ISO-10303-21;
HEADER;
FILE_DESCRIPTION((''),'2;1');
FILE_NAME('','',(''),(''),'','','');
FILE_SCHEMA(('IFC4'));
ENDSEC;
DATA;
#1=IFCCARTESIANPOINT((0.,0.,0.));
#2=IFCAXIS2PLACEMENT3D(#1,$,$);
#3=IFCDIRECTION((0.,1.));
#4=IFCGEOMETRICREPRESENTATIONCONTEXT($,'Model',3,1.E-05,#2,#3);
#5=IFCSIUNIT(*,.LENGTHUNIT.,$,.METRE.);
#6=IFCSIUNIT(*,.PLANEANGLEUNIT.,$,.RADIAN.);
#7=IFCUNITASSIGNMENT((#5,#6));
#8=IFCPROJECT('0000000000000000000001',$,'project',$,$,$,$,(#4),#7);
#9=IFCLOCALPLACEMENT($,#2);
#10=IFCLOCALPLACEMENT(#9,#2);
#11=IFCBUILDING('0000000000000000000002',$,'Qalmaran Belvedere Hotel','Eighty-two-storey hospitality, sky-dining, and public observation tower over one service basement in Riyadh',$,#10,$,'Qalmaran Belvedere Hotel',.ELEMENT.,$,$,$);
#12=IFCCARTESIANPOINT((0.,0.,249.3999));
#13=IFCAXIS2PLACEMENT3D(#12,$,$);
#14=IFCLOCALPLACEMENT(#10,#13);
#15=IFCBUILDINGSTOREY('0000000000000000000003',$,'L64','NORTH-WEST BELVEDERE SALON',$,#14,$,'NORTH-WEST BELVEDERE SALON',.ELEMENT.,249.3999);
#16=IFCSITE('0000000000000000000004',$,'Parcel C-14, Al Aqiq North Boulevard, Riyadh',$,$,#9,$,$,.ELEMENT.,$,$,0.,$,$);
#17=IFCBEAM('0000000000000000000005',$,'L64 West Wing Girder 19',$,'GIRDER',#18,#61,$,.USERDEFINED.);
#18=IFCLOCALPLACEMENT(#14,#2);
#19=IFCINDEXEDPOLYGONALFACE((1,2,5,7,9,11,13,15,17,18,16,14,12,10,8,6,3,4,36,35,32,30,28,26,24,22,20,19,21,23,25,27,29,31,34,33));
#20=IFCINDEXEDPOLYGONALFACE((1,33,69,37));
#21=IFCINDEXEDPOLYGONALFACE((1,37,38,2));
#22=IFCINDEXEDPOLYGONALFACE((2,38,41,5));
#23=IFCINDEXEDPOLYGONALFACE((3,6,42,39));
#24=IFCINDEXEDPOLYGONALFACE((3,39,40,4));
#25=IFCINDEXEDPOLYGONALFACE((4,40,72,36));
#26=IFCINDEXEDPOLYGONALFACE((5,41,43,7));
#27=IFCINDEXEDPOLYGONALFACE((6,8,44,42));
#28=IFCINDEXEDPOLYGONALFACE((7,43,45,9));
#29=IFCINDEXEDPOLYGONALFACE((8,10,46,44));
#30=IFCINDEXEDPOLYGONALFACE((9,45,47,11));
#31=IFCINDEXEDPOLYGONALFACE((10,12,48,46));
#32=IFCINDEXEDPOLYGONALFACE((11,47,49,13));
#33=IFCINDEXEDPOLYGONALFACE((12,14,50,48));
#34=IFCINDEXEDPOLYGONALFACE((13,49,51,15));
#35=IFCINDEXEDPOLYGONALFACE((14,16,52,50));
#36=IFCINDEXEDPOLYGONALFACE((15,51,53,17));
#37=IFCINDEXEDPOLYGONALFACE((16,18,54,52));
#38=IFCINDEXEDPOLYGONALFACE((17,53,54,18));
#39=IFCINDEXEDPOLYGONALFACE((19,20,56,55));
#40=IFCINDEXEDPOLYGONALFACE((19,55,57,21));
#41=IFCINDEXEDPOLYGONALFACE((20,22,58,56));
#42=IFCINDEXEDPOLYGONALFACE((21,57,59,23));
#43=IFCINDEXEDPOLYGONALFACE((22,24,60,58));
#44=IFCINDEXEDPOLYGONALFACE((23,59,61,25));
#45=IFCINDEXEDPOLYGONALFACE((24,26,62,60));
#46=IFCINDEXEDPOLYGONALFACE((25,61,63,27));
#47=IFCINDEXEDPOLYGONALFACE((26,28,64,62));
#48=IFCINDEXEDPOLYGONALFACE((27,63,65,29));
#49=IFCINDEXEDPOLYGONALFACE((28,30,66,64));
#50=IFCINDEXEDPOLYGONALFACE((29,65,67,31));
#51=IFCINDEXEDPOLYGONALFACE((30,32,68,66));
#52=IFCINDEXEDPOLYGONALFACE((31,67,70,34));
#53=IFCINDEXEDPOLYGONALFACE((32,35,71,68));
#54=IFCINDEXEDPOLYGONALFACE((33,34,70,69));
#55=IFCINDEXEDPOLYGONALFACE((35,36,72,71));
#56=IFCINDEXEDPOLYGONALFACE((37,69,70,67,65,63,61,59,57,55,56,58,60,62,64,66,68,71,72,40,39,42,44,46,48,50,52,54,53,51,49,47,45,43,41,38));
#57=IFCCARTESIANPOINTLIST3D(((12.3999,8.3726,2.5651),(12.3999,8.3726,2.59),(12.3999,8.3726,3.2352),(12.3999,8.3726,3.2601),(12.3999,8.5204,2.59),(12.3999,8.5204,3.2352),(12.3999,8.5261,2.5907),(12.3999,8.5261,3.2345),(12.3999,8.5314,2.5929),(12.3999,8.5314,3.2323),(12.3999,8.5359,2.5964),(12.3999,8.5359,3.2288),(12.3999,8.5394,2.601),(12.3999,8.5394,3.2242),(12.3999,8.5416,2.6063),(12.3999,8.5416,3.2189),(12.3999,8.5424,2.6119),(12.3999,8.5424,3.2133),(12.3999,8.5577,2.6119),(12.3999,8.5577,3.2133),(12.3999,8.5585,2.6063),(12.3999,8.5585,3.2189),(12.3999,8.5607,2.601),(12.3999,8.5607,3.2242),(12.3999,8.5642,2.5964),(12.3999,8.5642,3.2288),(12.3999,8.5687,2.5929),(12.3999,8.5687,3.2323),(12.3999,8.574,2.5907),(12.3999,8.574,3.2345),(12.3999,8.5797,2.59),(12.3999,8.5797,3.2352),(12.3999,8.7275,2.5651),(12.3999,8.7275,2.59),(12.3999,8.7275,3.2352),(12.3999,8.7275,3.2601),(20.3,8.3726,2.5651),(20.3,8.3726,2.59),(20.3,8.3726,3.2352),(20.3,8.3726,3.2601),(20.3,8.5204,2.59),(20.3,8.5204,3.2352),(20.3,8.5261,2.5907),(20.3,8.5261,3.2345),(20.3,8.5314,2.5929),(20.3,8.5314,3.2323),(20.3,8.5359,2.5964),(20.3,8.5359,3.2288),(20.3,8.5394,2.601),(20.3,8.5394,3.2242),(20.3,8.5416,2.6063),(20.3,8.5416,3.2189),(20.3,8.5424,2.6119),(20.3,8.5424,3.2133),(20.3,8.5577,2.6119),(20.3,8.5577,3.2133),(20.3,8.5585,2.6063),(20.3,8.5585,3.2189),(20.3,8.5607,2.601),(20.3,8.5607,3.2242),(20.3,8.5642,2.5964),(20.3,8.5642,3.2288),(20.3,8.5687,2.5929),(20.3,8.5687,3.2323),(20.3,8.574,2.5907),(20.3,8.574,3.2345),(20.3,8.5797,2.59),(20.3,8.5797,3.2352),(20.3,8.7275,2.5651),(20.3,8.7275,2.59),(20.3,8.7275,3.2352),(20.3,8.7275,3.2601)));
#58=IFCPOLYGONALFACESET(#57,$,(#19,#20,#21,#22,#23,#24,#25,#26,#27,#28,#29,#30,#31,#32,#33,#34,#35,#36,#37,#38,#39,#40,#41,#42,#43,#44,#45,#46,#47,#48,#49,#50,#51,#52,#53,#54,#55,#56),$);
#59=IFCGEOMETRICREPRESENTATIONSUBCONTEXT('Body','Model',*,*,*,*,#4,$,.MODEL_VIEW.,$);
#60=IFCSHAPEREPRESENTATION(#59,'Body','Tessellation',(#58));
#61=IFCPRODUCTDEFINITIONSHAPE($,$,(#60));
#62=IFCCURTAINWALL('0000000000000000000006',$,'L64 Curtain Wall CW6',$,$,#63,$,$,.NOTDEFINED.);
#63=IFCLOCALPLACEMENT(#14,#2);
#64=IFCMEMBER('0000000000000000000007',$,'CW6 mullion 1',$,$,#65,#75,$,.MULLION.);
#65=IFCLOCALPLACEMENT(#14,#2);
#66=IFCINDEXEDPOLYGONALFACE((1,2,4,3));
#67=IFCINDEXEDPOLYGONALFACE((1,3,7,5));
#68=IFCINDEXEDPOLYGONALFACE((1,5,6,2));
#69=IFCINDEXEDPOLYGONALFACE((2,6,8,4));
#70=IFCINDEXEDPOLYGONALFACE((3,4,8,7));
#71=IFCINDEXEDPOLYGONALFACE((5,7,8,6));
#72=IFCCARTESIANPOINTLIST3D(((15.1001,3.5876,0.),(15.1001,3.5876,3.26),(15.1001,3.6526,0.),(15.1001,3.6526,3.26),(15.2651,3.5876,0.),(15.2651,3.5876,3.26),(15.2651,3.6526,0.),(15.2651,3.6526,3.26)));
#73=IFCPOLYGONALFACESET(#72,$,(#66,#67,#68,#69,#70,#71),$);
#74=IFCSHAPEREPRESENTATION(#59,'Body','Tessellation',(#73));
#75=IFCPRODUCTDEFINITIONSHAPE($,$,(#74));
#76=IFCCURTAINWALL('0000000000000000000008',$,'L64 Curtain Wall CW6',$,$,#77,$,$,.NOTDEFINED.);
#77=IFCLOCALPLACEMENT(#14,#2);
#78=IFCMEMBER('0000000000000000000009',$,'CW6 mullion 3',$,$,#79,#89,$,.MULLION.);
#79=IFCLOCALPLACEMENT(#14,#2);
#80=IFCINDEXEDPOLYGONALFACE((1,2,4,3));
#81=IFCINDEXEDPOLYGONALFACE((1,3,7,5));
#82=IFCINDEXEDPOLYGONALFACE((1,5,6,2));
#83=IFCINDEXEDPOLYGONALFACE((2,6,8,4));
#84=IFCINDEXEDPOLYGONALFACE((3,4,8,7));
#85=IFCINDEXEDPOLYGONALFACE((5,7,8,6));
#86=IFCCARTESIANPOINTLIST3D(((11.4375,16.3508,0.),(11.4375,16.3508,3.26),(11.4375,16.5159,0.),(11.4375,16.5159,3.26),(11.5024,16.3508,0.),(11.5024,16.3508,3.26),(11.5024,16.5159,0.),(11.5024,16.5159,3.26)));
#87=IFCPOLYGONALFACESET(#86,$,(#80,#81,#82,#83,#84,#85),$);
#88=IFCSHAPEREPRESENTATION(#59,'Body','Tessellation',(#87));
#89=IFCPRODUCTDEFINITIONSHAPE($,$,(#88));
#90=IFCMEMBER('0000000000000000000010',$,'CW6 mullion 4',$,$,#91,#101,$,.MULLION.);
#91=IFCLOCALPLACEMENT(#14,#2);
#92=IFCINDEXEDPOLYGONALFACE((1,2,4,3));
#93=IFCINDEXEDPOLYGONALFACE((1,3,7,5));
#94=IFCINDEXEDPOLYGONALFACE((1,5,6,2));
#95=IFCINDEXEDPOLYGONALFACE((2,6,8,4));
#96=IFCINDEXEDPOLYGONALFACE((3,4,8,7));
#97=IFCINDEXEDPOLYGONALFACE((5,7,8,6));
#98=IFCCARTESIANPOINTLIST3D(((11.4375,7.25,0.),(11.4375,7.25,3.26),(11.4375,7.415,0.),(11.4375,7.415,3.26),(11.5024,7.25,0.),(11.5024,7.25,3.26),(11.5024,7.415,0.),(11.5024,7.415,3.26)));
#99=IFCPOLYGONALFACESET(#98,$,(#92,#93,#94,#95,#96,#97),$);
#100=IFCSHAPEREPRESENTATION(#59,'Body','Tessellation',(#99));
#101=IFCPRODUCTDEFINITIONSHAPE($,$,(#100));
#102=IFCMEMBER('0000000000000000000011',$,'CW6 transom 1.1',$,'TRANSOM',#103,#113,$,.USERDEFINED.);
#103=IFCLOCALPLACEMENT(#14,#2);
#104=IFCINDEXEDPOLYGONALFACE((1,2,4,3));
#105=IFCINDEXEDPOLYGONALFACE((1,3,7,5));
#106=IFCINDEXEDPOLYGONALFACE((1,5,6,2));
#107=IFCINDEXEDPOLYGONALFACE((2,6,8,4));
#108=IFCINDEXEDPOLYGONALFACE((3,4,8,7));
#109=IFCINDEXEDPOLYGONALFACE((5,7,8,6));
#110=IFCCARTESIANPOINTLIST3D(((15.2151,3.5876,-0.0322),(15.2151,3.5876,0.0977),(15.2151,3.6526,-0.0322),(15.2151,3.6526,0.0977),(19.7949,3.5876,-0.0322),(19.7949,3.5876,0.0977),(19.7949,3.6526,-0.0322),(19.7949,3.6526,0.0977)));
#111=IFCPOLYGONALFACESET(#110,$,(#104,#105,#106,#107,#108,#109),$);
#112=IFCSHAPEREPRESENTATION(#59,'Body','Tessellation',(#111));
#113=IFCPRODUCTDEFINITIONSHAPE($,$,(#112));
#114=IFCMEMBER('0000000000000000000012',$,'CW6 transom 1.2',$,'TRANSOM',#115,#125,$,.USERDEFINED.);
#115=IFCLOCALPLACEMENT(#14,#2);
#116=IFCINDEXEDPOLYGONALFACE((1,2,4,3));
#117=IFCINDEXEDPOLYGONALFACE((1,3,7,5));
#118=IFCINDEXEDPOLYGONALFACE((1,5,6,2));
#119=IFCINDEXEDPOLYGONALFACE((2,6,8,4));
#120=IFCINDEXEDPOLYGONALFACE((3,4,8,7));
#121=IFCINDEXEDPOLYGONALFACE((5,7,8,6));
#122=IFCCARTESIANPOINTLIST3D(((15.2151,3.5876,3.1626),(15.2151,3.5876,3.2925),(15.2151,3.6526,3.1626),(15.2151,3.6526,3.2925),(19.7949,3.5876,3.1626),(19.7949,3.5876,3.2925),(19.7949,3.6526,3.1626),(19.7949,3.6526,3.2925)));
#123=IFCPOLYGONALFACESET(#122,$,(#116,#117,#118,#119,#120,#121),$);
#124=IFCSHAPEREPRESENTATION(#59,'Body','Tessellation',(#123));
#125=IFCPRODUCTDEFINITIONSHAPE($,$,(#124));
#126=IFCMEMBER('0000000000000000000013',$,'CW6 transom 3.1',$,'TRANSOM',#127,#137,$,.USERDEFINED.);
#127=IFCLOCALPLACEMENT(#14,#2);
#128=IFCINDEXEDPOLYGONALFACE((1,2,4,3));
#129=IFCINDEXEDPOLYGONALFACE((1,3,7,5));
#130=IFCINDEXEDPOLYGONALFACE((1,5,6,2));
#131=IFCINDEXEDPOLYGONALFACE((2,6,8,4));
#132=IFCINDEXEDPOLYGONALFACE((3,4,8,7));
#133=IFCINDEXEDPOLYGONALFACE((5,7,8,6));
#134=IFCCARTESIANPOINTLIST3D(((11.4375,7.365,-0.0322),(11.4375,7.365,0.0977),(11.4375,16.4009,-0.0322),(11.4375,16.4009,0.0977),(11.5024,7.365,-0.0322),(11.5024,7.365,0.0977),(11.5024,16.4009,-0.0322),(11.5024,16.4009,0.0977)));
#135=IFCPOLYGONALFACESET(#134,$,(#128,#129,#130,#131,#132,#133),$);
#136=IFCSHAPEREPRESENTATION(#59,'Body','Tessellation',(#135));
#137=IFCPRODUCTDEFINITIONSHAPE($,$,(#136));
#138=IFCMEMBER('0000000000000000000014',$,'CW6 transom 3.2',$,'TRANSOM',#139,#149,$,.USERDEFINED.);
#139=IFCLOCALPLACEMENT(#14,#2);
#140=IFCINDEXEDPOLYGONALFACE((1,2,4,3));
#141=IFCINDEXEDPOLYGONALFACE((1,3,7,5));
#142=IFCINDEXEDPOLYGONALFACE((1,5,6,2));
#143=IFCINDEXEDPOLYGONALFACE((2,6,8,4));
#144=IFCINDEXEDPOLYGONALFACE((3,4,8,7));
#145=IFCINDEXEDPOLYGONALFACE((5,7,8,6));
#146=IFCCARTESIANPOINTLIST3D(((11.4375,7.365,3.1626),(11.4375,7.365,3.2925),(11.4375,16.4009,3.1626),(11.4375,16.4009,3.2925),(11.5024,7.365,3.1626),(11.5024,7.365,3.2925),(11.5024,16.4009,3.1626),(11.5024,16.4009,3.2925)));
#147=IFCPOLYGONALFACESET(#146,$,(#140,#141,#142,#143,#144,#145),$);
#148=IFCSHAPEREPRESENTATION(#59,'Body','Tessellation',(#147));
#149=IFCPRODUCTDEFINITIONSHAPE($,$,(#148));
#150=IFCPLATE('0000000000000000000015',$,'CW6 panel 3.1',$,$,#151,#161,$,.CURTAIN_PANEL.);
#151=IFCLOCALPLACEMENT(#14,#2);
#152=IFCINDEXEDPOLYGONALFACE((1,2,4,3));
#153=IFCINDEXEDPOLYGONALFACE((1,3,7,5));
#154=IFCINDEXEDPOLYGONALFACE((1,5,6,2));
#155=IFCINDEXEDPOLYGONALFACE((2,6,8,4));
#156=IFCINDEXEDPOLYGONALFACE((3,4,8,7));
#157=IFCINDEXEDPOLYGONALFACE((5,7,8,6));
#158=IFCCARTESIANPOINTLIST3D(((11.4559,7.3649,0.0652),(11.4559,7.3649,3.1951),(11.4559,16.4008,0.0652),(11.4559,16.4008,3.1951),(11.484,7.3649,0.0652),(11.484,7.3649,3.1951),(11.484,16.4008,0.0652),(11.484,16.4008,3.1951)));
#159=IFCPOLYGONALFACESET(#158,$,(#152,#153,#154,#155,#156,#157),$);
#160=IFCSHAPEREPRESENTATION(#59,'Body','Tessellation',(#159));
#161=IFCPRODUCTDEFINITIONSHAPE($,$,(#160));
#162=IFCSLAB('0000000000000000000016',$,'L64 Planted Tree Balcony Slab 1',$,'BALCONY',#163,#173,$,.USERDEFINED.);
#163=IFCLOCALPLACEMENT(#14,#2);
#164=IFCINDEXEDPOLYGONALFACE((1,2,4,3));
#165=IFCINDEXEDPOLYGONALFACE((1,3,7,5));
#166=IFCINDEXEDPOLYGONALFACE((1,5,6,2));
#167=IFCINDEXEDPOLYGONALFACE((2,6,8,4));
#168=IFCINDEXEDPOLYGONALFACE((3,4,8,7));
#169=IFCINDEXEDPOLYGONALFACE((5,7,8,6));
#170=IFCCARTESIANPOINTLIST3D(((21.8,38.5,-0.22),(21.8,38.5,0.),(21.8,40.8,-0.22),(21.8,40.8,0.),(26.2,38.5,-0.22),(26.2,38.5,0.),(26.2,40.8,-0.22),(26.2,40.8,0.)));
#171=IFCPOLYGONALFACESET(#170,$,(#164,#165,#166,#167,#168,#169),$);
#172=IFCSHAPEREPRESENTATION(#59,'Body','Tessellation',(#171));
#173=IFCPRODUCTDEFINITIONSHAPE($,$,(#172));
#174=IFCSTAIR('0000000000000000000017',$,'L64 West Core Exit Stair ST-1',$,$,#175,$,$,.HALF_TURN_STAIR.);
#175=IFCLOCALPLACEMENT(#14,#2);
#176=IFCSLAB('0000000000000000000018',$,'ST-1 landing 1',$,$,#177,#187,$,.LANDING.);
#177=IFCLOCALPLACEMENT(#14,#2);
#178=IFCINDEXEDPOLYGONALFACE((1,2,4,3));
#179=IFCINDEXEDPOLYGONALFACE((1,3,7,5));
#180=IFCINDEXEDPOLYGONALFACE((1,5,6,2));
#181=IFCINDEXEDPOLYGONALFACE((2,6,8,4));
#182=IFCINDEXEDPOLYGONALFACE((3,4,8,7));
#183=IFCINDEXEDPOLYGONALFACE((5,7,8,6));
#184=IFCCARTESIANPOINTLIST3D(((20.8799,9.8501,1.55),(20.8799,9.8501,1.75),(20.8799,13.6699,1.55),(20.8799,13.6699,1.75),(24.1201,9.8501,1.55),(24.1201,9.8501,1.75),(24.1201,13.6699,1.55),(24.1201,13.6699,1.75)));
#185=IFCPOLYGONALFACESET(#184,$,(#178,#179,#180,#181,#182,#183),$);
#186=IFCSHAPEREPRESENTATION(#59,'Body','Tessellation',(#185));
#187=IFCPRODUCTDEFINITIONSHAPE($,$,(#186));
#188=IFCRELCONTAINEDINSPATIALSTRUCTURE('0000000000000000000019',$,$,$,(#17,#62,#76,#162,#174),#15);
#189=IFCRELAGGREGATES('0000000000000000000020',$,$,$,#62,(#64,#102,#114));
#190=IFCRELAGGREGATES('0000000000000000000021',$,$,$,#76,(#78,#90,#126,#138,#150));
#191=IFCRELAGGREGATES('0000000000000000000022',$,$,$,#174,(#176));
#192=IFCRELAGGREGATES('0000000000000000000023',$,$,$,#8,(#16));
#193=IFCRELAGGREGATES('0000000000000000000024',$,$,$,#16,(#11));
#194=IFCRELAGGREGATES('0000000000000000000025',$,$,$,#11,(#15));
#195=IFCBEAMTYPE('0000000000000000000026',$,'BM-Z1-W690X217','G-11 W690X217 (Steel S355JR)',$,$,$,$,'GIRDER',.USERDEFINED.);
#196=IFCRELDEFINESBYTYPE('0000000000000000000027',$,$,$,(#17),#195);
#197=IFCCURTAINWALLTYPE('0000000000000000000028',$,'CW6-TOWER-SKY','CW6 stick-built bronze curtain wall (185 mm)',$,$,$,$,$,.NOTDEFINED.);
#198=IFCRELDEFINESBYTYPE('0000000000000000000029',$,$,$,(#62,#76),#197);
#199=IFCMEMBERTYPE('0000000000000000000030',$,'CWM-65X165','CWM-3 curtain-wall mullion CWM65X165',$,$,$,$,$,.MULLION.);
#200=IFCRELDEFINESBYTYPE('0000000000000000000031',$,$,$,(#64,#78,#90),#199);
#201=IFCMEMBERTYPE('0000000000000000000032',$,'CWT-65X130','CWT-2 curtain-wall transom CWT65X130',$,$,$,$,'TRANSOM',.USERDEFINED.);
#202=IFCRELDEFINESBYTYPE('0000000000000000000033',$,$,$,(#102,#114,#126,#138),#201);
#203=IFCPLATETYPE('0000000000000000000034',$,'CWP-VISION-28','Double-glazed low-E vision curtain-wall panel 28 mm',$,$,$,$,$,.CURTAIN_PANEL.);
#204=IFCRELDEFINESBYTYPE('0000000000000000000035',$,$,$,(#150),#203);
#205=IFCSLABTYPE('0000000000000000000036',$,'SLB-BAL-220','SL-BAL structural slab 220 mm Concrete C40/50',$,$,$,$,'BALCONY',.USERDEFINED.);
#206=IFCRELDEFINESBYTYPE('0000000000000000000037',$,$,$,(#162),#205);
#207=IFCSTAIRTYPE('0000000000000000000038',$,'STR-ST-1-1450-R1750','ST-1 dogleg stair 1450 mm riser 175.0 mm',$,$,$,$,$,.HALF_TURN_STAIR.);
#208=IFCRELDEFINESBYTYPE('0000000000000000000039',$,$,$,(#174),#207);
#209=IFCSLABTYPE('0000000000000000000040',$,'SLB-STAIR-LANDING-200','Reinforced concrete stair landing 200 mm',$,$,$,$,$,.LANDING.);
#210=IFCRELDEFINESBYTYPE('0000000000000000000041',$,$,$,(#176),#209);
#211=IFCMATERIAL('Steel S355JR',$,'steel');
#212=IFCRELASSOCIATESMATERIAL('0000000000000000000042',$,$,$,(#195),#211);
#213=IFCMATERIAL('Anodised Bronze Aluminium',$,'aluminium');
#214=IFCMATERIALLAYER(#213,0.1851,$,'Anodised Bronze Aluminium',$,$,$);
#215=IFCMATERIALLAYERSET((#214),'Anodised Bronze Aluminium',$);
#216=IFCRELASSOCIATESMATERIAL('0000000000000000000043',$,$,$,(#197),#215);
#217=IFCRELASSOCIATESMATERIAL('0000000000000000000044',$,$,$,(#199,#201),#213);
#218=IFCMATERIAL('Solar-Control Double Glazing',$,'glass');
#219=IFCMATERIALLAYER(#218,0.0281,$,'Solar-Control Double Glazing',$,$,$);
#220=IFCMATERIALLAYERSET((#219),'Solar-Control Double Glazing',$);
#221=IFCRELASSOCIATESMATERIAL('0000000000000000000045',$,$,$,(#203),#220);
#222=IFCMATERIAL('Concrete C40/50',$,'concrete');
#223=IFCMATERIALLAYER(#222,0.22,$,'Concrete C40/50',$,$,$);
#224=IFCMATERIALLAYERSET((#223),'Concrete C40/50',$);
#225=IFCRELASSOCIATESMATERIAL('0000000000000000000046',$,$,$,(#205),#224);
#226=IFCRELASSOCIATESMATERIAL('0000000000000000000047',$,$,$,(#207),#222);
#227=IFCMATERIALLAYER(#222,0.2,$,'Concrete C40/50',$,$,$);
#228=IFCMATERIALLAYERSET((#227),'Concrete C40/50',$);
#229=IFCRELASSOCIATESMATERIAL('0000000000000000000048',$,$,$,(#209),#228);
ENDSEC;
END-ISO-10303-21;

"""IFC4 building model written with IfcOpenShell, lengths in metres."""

from ifc_helpers import new_model, si_unit, direction, frame, origin, origin_2d, place, context, subcontext, project, spatial, polyline, rectangle, i_section, outline, extrude, material, layer, layer_set, material_profile, profile_set, type_object, element, aggregate, save


model = new_model("IFC4")

# Units and contexts
model_context = context("Model", 3, precision=1e-05, world=origin(), true_north=direction((0.0, 1.0)))
body_context = subcontext(model_context, "Body", "Model", "MODEL_VIEW")
ifc_project = project(units=[si_unit("LENGTHUNIT", "METRE"), si_unit("PLANEANGLEUNIT", "RADIAN")], contexts=[model_context])

# Site, building, storey
site_placement = place(None, origin())
site = spatial("IfcSite", under=ifc_project, at=site_placement, Name="Parcel C-14, Al Aqiq North Boulevard, Riyadh", CompositionType="ELEMENT", RefElevation=0.0)
building_placement = place(site_placement, origin())
building = spatial("IfcBuilding", under=site, at=building_placement, Name="Qalmaran Belvedere Hotel", Description="Eighty-two-storey hospitality, sky-dining, and public observation tower over one service basement in Riyadh", LongName="Qalmaran Belvedere Hotel", CompositionType="ELEMENT")
storey_placement = place(building_placement, frame((0.0, 0.0, 249.3999)))
storey = spatial("IfcBuildingStorey", under=building, at=storey_placement, Name="L64", Description="NORTH-WEST BELVEDERE SALON", LongName="NORTH-WEST BELVEDERE SALON", CompositionType="ELEMENT", Elevation=249.3999)

# Beam
ifc_material_1 = material(Name="Steel S355JR", Category="steel")
ifc_material_profile_1 = material_profile(ifc_material_1, i_section(OverallWidth=0.355, OverallDepth=0.6951, WebThickness=0.0154, FlangeThickness=0.0249, FilletRadius=0.022, at=origin_2d()), Name="W690X217")
ifc_profile_set_1 = profile_set([ifc_material_profile_1], Name="Steel S355JR")
beam_type_1 = type_object("IfcBeamType", Name="BM-Z1-W690X217", Description="G-11 W690X217 (Steel S355JR)", ElementType="GIRDER", PredefinedType="USERDEFINED", material=ifc_profile_set_1)
beam_1_placement = place(storey_placement, frame((12.3999, 8.55, 2.9126), z_axis=(1.0, 0.0, 0.0), x_axis=(0.0, 1.0, 0.0)))
element("IfcBeam", 1, at=beam_1_placement, inside=storey, type_object=beam_type_1, Name="L64 West Wing Girder 19", ObjectType="GIRDER", PredefinedType="USERDEFINED", context=body_context, shape_type="SweptSolid", body=[
    extrude(i_section(OverallWidth=0.355, OverallDepth=0.6951, WebThickness=0.0154, FlangeThickness=0.0249, FilletRadius=0.022, at=origin_2d()), origin(), (0.0, 0.0, 1.0), 7.9001),
])

# Curtain wall, member
ifc_material_2 = material(Name="Anodised Bronze Aluminium", Category="aluminium")
ifc_layer_1 = layer(ifc_material_2, 0.1851, Name="Anodised Bronze Aluminium")
ifc_layer_set_1 = layer_set([ifc_layer_1], Name="Anodised Bronze Aluminium")
curtain_wall_type = type_object("IfcCurtainWallType", Name="CW6-TOWER-SKY", Description="CW6 stick-built bronze curtain wall (185 mm)", PredefinedType="NOTDEFINED", material=ifc_layer_set_1)
curtain_wall_1_placement = place(storey_placement, origin())
curtain_wall_1 = element("IfcCurtainWall", 2, at=curtain_wall_1_placement, inside=storey, type_object=curtain_wall_type, Name="L64 Curtain Wall CW6", PredefinedType="NOTDEFINED")
ifc_material_profile_2 = material_profile(ifc_material_2, rectangle(XDim=0.0649, YDim=0.165, at=origin_2d()), Name="CWM65X165")
ifc_profile_set_2 = profile_set([ifc_material_profile_2], Name="Anodised Bronze Aluminium")
member_type_1 = type_object("IfcMemberType", Name="CWM-65X165", Description="CWM-3 curtain-wall mullion CWM65X165", PredefinedType="MULLION", material=ifc_profile_set_2)
member_1_placement = place(storey_placement, frame((15.1826, 3.6201, 0.0), z_axis=(0.0, 0.0, 1.0), x_axis=(0.0, 1.0, 0.0)))
member_1 = element("IfcMember", 3, at=member_1_placement, type_object=member_type_1, Name="CW6 mullion 1", PredefinedType="MULLION", context=body_context, shape_type="SweptSolid", body=[
    extrude(rectangle(XDim=0.0649, YDim=0.165, at=origin_2d()), origin(), (0.0, 0.0, 1.0), 3.26),
])

# Curtain wall, members
curtain_wall_2_placement = place(storey_placement, origin())
curtain_wall_2 = element("IfcCurtainWall", 4, at=curtain_wall_2_placement, inside=storey, type_object=curtain_wall_type, Name="L64 Curtain Wall CW6", PredefinedType="NOTDEFINED")
member_2_placement = place(storey_placement, frame((11.47, 16.4333, 0.0), z_axis=(0.0, 0.0, 1.0), x_axis=(1.0, 0.0, 0.0)))
member_2 = element("IfcMember", 5, at=member_2_placement, type_object=member_type_1, Name="CW6 mullion 3", PredefinedType="MULLION", context=body_context, shape_type="SweptSolid", body=[
    extrude(rectangle(XDim=0.0649, YDim=0.165, at=origin_2d()), origin(), (0.0, 0.0, 1.0), 3.26),
])
member_3_placement = place(storey_placement, frame((11.47, 7.3325, 0.0), z_axis=(0.0, 0.0, 1.0), x_axis=(1.0, 0.0, 0.0)))
member_3 = element("IfcMember", 6, at=member_3_placement, type_object=member_type_1, Name="CW6 mullion 4", PredefinedType="MULLION", context=body_context, shape_type="SweptSolid", body=[
    extrude(rectangle(XDim=0.0649, YDim=0.165, at=origin_2d()), origin(), (0.0, 0.0, 1.0), 3.26),
])

# Members
ifc_material_profile_3 = material_profile(ifc_material_2, rectangle(XDim=0.0649, YDim=0.1299, at=origin_2d()), Name="CWT65X130")
ifc_profile_set_3 = profile_set([ifc_material_profile_3], Name="Anodised Bronze Aluminium")
member_type_2 = type_object("IfcMemberType", Name="CWT-65X130", Description="CWT-2 curtain-wall transom CWT65X130", ElementType="TRANSOM", PredefinedType="USERDEFINED", material=ifc_profile_set_3)
member_4_placement = place(storey_placement, frame((15.2151, 3.6201, 0.0327), z_axis=(1.0, 0.0, 0.0), x_axis=(0.0, 1.0, 0.0)))
member_4 = element("IfcMember", 7, at=member_4_placement, type_object=member_type_2, Name="CW6 transom 1.1", ObjectType="TRANSOM", PredefinedType="USERDEFINED", context=body_context, shape_type="SweptSolid", body=[
    extrude(rectangle(XDim=0.0649, YDim=0.1299, at=origin_2d()), origin(), (0.0, 0.0, 1.0), 4.5798),
])
member_5_placement = place(storey_placement, frame((15.2151, 3.6201, 3.2275), z_axis=(1.0, 0.0, 0.0), x_axis=(0.0, 1.0, 0.0)))
member_5 = element("IfcMember", 8, at=member_5_placement, type_object=member_type_2, Name="CW6 transom 1.2", ObjectType="TRANSOM", PredefinedType="USERDEFINED", context=body_context, shape_type="SweptSolid", body=[
    extrude(rectangle(XDim=0.0649, YDim=0.1299, at=origin_2d()), origin(), (0.0, 0.0, 1.0), 4.5798),
])
aggregate(curtain_wall_1, [member_1, member_4, member_5])
member_6_placement = place(storey_placement, frame((11.47, 16.4009, 0.0327), z_axis=(0.0, -1.0, 0.0), x_axis=(1.0, 0.0, 0.0)))
member_6 = element("IfcMember", 9, at=member_6_placement, type_object=member_type_2, Name="CW6 transom 3.1", ObjectType="TRANSOM", PredefinedType="USERDEFINED", context=body_context, shape_type="SweptSolid", body=[
    extrude(rectangle(XDim=0.0649, YDim=0.1299, at=origin_2d()), origin(), (0.0, 0.0, 1.0), 9.0359),
])
member_7_placement = place(storey_placement, frame((11.47, 16.4009, 3.2275), z_axis=(0.0, -1.0, 0.0), x_axis=(1.0, 0.0, 0.0)))
member_7 = element("IfcMember", 10, at=member_7_placement, type_object=member_type_2, Name="CW6 transom 3.2", ObjectType="TRANSOM", PredefinedType="USERDEFINED", context=body_context, shape_type="SweptSolid", body=[
    extrude(rectangle(XDim=0.0649, YDim=0.1299, at=origin_2d()), origin(), (0.0, 0.0, 1.0), 9.0359),
])

# Plate
ifc_material_3 = material(Name="Solar-Control Double Glazing", Category="glass")
ifc_layer_2 = layer(ifc_material_3, 0.0281, Name="Solar-Control Double Glazing")
ifc_layer_set_2 = layer_set([ifc_layer_2], Name="Solar-Control Double Glazing")
plate_type = type_object("IfcPlateType", Name="CWP-VISION-28", Description="Double-glazed low-E vision curtain-wall panel 28 mm", PredefinedType="CURTAIN_PANEL", material=ifc_layer_set_2)
plate_placement = place(storey_placement, frame((11.47, 11.8828, 0.0652), z_axis=(0.0, 0.0, 1.0), x_axis=(0.0, -1.0, 0.0)))
plate = element("IfcPlate", 11, at=plate_placement, type_object=plate_type, Name="CW6 panel 3.1", PredefinedType="CURTAIN_PANEL", context=body_context, shape_type="SweptSolid", body=[
    extrude(rectangle(XDim=9.0359, YDim=0.0281, at=origin_2d()), origin(), (0.0, 0.0, 1.0), 3.1299),
])
aggregate(curtain_wall_2, [member_2, member_3, member_6, member_7, plate])

# Slab
ifc_material_4 = material(Name="Concrete C40/50", Category="concrete")
ifc_layer_3 = layer(ifc_material_4, 0.22, Name="Concrete C40/50")
ifc_layer_set_3 = layer_set([ifc_layer_3], Name="Concrete C40/50")
slab_type_1 = type_object("IfcSlabType", Name="SLB-BAL-220", Description="SL-BAL structural slab 220 mm Concrete C40/50", ElementType="BALCONY", PredefinedType="USERDEFINED", material=ifc_layer_set_3)
slab_1_placement = place(storey_placement, frame((0.0, 0.0, -0.22)))
element("IfcSlab", 12, at=slab_1_placement, inside=storey, type_object=slab_type_1, Name="L64 Planted Tree Balcony Slab 1", ObjectType="BALCONY", PredefinedType="USERDEFINED", context=body_context, shape_type="SweptSolid", body=[
    extrude(outline(polyline([(21.8, 38.5), (26.2, 38.5), (26.2, 40.8), (21.8, 40.8), (21.8, 38.5)])), origin(), (0.0, 0.0, 1.0), 0.22),
])

# Stair, slab
stair_type_1 = type_object("IfcStairType", Name="STR-ST-1-1450-R1750", Description="ST-1 dogleg stair 1450 mm riser 175.0 mm", PredefinedType="HALF_TURN_STAIR", material=ifc_material_4)
stair_1_placement = place(storey_placement, origin())
stair_1 = element("IfcStair", 13, at=stair_1_placement, inside=storey, type_object=stair_type_1, Name="L64 West Core Exit Stair ST-1", PredefinedType="HALF_TURN_STAIR")
ifc_layer_4 = layer(ifc_material_4, 0.2, Name="Concrete C40/50")
ifc_layer_set_4 = layer_set([ifc_layer_4], Name="Concrete C40/50")
slab_type_2 = type_object("IfcSlabType", Name="SLB-STAIR-LANDING-200", Description="Reinforced concrete stair landing 200 mm", PredefinedType="LANDING", material=ifc_layer_set_4)
slab_2_placement = place(storey_placement, frame((0.0, 0.0, 1.55)))
slab_2 = element("IfcSlab", 14, at=slab_2_placement, type_object=slab_type_2, Name="ST-1 landing 1", PredefinedType="LANDING", context=body_context, shape_type="SweptSolid", body=[
    extrude(outline(polyline([(20.8799, 13.6699), (20.8799, 9.8501), (24.1201, 9.8501), (24.1201, 13.6699), (20.8799, 13.6699)])), origin(), (0.0, 0.0, 1.0), 0.2),
])
aggregate(stair_1, [slab_2])

save(model, "model.ifc")
